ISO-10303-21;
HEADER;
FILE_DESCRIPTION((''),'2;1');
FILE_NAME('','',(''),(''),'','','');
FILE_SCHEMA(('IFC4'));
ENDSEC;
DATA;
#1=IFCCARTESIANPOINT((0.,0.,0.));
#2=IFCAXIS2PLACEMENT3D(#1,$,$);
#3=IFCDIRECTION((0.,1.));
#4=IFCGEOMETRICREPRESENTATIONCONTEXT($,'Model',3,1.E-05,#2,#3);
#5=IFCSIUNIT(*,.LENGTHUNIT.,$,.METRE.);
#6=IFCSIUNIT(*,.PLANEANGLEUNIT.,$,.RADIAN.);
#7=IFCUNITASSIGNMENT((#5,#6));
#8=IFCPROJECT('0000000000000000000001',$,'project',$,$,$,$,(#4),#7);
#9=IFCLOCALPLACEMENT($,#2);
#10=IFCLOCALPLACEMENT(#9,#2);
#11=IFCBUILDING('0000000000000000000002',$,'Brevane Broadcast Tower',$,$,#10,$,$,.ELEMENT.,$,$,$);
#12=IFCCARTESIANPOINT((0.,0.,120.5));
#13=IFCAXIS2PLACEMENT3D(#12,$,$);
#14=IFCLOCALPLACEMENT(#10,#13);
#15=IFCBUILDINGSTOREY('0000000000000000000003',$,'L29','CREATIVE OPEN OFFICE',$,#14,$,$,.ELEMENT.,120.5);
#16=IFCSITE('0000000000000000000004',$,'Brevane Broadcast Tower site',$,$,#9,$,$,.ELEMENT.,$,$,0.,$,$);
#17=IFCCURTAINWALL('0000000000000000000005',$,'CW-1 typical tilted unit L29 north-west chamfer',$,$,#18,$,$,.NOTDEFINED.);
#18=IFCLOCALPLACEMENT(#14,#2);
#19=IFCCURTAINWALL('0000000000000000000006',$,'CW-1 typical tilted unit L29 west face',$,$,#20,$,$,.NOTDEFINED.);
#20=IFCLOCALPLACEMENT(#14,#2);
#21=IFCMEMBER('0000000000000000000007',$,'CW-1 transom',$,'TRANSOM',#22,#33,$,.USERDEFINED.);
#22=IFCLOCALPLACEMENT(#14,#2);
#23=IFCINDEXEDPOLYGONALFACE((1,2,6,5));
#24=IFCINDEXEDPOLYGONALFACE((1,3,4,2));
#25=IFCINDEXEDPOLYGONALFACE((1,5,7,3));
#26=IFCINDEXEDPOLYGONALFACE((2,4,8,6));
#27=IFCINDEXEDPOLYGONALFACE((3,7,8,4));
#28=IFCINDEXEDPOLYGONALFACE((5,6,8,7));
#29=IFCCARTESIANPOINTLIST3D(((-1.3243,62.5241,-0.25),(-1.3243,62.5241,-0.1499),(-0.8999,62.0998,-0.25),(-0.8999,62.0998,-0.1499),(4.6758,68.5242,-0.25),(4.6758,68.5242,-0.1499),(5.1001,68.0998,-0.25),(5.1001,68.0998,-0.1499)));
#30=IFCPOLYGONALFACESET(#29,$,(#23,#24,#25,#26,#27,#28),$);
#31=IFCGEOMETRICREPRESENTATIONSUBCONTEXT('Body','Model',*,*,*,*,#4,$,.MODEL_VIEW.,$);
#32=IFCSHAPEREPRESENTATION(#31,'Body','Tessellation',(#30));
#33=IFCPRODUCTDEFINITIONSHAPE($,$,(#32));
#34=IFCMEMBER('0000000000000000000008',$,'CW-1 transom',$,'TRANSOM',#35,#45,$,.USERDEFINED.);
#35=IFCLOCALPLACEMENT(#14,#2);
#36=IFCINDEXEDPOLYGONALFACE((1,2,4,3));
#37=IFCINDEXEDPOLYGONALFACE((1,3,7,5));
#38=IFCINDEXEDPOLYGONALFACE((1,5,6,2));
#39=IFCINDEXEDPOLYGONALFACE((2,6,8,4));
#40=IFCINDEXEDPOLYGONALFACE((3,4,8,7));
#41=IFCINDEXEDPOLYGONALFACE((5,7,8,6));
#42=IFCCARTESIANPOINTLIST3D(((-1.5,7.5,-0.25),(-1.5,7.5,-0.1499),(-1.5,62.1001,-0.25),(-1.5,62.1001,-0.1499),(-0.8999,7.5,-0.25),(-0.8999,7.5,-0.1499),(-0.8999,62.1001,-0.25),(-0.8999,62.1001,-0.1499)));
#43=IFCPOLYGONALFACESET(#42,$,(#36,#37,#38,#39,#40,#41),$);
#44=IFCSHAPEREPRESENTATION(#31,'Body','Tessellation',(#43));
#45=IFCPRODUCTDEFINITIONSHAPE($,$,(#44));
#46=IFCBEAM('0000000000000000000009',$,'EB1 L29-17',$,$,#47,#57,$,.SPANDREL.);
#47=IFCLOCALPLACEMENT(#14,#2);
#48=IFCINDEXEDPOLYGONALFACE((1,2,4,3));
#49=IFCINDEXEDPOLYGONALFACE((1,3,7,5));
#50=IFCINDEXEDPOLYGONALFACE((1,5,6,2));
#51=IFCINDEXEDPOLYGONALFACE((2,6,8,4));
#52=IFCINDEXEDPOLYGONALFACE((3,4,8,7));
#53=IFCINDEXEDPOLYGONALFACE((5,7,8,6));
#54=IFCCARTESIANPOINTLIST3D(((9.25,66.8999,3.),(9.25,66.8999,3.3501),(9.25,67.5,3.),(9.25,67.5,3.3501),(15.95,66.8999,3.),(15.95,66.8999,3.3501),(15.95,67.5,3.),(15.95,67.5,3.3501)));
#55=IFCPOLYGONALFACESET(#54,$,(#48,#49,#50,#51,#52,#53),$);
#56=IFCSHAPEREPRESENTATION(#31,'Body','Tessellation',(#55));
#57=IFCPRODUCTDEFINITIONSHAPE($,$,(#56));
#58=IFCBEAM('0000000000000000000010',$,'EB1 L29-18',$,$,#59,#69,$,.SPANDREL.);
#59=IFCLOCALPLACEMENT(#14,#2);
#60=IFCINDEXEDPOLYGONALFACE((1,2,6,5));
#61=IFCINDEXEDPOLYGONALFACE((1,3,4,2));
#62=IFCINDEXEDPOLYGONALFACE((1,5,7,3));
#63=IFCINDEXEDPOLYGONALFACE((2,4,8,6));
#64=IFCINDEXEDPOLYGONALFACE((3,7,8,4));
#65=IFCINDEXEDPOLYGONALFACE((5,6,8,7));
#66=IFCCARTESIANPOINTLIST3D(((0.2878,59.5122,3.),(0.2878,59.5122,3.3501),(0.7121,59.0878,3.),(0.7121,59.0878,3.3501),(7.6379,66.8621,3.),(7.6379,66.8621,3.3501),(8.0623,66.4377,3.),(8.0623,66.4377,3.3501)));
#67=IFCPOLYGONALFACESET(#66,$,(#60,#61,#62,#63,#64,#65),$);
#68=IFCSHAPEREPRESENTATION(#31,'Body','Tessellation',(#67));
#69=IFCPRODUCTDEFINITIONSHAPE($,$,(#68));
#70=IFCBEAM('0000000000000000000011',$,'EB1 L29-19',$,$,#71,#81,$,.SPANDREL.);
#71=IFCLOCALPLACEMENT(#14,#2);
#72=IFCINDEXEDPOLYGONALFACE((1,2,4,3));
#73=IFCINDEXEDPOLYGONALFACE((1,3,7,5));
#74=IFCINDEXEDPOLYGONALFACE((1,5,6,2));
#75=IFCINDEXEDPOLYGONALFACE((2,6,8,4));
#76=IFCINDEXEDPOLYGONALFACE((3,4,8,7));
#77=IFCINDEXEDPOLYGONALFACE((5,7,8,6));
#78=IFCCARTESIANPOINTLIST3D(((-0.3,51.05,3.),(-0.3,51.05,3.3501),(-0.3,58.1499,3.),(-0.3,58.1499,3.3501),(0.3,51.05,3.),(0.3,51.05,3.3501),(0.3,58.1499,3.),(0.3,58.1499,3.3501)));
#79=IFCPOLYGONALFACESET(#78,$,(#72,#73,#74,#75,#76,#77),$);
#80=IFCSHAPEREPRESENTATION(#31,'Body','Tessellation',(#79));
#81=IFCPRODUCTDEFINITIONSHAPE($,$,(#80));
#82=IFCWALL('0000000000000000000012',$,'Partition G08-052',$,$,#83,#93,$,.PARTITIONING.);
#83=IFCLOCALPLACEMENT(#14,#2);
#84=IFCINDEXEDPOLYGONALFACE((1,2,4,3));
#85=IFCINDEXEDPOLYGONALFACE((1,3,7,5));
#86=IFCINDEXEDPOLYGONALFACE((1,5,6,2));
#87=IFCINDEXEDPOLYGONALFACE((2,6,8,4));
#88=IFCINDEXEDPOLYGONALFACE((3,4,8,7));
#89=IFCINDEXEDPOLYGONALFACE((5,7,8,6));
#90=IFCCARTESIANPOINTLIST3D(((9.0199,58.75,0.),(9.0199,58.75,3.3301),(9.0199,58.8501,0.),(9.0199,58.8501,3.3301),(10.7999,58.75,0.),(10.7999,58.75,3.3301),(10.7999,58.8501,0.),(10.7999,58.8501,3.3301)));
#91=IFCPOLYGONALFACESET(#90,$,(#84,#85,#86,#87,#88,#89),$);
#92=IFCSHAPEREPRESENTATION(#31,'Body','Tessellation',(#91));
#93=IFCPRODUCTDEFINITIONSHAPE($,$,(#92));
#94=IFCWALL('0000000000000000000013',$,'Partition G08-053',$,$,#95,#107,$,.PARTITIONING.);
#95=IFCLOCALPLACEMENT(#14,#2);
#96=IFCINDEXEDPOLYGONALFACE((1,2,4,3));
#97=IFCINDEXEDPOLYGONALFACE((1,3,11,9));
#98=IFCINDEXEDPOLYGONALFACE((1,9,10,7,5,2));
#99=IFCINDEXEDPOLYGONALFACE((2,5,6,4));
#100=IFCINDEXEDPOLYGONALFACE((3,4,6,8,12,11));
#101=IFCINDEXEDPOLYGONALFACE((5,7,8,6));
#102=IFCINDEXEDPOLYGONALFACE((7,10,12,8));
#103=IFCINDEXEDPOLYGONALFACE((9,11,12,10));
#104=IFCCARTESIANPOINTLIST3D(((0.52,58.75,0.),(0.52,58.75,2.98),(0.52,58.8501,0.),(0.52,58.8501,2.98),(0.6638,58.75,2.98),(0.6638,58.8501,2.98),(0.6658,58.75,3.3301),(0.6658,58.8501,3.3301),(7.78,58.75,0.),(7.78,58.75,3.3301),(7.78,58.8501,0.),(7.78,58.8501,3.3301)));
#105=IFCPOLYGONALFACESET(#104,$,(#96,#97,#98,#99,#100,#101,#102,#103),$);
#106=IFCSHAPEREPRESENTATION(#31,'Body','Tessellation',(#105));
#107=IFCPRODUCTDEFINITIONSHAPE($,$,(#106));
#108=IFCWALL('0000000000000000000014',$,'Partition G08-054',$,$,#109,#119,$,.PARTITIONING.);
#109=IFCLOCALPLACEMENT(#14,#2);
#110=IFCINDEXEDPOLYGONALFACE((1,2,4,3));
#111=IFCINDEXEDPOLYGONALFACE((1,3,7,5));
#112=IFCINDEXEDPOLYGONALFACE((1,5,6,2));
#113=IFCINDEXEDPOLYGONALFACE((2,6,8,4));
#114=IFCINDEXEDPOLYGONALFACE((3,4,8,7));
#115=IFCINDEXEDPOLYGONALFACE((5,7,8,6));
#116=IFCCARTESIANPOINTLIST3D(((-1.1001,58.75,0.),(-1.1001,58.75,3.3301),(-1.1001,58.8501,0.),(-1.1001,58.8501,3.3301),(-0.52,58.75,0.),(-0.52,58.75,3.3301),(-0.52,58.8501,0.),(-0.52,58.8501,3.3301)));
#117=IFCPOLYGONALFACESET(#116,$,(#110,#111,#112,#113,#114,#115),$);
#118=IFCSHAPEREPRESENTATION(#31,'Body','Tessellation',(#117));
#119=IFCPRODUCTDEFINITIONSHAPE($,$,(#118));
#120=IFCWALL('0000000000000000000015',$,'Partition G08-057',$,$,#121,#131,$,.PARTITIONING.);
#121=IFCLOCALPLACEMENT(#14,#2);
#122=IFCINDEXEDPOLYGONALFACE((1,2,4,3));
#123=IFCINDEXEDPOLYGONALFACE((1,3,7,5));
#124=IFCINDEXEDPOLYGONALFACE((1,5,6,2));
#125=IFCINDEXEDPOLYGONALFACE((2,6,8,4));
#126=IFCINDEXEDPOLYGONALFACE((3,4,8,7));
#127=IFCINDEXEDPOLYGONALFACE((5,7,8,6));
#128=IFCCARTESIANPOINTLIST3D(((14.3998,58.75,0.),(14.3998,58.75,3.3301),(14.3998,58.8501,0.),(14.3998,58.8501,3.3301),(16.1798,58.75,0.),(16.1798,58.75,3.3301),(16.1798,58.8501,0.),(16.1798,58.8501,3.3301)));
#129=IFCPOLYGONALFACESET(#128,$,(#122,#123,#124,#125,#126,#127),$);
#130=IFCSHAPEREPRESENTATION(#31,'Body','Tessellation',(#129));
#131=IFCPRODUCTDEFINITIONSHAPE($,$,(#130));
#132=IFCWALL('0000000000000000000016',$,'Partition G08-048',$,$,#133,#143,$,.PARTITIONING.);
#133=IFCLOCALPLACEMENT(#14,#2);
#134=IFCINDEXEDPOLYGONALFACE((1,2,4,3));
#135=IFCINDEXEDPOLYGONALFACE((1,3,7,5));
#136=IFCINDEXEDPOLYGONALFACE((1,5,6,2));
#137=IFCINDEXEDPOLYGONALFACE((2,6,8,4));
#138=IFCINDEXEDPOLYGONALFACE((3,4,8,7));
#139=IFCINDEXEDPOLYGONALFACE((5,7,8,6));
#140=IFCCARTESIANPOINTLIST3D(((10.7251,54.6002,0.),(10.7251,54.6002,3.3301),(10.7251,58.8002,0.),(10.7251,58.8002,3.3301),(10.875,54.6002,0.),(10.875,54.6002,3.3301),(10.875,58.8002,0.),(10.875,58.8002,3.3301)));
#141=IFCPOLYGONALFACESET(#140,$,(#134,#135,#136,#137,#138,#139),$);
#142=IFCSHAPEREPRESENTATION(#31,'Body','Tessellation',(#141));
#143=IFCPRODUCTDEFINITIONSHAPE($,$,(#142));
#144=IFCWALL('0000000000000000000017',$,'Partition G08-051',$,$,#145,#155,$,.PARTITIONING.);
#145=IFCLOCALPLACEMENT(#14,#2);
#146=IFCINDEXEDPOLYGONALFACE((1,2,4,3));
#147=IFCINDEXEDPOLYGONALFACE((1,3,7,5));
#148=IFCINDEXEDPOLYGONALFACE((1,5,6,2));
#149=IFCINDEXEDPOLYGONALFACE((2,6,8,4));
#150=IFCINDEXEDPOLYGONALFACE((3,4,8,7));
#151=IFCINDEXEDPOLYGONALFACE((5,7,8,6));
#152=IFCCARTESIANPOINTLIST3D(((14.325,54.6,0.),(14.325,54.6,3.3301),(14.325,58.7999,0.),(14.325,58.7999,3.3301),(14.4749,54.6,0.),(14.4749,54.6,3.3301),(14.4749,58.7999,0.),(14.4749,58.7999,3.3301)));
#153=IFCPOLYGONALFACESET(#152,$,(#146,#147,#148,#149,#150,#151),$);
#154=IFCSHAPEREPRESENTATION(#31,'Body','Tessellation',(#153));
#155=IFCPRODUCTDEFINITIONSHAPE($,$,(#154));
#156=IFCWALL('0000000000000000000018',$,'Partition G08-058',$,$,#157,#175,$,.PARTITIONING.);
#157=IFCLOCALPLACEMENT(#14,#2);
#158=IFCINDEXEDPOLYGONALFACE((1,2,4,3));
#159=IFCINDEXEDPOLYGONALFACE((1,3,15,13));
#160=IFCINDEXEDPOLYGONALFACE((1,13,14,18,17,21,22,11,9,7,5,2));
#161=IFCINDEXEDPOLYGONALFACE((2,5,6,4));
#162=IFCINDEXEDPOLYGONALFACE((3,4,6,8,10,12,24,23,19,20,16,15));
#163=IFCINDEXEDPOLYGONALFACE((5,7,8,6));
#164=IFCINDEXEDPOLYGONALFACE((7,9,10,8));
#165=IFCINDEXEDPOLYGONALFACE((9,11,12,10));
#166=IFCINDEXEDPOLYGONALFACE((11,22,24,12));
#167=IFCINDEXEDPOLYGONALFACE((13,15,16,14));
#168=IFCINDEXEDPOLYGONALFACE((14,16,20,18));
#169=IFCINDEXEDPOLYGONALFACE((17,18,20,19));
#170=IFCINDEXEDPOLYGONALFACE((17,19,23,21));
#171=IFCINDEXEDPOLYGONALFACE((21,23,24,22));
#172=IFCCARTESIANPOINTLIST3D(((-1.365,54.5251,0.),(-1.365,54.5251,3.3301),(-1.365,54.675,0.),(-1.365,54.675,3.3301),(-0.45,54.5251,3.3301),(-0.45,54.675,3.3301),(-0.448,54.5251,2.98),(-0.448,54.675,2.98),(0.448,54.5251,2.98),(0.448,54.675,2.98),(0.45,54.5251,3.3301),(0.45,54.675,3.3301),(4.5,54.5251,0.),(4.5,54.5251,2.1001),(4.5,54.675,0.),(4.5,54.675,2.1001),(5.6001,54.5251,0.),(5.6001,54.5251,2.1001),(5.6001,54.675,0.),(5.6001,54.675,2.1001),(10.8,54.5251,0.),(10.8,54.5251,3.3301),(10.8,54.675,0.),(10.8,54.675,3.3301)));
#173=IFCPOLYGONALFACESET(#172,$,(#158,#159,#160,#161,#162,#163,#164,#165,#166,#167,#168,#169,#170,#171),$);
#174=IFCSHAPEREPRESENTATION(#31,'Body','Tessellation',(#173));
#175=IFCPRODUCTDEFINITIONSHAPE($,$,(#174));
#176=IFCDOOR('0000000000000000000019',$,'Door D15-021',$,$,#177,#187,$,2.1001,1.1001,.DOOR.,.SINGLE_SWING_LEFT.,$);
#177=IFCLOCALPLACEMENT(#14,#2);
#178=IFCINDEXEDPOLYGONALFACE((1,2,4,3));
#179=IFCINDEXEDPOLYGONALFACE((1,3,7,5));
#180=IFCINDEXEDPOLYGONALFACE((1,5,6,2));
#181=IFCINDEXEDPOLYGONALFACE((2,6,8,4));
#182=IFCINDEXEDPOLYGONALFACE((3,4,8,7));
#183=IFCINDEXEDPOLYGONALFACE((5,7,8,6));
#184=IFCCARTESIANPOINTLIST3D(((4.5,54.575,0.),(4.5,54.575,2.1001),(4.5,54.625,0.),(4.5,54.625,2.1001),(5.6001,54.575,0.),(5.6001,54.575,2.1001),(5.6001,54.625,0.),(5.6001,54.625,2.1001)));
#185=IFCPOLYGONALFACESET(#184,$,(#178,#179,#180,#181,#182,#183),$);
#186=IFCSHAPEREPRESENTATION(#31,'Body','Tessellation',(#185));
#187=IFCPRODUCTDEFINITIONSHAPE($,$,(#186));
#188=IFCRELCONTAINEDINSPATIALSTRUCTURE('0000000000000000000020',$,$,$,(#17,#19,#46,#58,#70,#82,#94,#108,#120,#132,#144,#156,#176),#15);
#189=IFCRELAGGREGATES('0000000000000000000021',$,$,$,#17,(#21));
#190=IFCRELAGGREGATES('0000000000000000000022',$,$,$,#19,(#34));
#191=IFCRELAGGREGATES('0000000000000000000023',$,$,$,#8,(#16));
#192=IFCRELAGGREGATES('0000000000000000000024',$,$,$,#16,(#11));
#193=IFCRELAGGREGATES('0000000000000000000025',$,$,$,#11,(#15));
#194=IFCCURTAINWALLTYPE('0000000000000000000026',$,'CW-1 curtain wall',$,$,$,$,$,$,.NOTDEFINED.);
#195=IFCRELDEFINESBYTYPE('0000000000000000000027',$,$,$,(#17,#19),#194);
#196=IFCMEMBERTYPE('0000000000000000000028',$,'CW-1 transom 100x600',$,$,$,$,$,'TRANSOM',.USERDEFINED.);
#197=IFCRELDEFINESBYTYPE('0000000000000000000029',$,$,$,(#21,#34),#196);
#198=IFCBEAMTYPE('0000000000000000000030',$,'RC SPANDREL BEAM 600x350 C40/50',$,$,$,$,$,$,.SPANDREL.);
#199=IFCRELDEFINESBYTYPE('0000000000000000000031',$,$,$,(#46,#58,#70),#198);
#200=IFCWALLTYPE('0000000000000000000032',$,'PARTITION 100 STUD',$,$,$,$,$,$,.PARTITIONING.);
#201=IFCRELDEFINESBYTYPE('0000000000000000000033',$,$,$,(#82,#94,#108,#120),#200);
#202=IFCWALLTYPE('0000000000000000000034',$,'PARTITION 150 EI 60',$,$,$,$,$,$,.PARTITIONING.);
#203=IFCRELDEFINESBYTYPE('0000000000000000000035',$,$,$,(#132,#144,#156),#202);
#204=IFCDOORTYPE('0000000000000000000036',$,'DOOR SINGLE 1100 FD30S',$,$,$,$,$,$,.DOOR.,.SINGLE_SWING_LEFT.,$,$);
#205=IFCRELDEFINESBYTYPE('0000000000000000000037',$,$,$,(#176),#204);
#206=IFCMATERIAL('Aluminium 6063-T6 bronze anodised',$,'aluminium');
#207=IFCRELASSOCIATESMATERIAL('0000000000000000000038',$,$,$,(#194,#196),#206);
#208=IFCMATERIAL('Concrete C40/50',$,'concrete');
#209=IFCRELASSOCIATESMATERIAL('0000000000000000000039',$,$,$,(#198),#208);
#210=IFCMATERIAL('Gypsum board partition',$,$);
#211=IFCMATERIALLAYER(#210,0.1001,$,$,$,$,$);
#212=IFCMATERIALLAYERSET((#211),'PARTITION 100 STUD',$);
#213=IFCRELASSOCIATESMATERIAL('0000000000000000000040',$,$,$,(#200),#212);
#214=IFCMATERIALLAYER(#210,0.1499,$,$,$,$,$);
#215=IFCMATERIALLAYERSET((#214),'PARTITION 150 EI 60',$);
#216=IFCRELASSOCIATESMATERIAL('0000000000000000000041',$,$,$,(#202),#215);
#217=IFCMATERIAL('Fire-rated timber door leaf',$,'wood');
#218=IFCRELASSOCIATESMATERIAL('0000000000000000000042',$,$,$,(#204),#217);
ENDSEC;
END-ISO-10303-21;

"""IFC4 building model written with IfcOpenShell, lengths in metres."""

from ifc_helpers import new_model, si_unit, direction, frame, frame_2d, origin, origin_2d, place, context, subcontext, project, spatial, polyline, rectangle, outline, extrude, material, layer, layer_set, material_profile, profile_set, type_object, element, fill, aggregate, save


model = new_model("IFC4")

# Units and contexts
model_context = context("Model", 3, precision=1e-05, world=origin(), true_north=direction((0.0, 1.0)))
body_context = subcontext(model_context, "Body", "Model", "MODEL_VIEW")
ifc_project = project(units=[si_unit("LENGTHUNIT", "METRE"), si_unit("PLANEANGLEUNIT", "RADIAN")], contexts=[model_context])

# Site, building, storey
site_placement = place(None, origin())
site = spatial("IfcSite", under=ifc_project, at=site_placement, Name="Brevane Broadcast Tower site", CompositionType="ELEMENT", RefElevation=0.0)
building_placement = place(site_placement, origin())
building = spatial("IfcBuilding", under=site, at=building_placement, Name="Brevane Broadcast Tower", CompositionType="ELEMENT")
storey_placement = place(building_placement, frame((0.0, 0.0, 120.5)))
storey = spatial("IfcBuildingStorey", under=building, at=storey_placement, Name="L29", Description="CREATIVE OPEN OFFICE", CompositionType="ELEMENT", Elevation=120.5)

# Curtain walls
ifc_material_1 = material(Name="Aluminium 6063-T6 bronze anodised", Category="aluminium")
curtain_wall_type = type_object("IfcCurtainWallType", Name="CW-1 curtain wall", PredefinedType="NOTDEFINED", material=ifc_material_1)
curtain_wall_1_placement = place(storey_placement, origin())
curtain_wall_1 = element("IfcCurtainWall", 1, at=curtain_wall_1_placement, inside=storey, type_object=curtain_wall_type, Name="CW-1 typical tilted unit L29 north-west chamfer", PredefinedType="NOTDEFINED")
curtain_wall_2_placement = place(storey_placement, origin())
curtain_wall_2 = element("IfcCurtainWall", 2, at=curtain_wall_2_placement, inside=storey, type_object=curtain_wall_type, Name="CW-1 typical tilted unit L29 west face", PredefinedType="NOTDEFINED")

# Members
ifc_material_profile_1 = material_profile(ifc_material_1, rectangle(XDim=0.6001, YDim=0.1001, at=origin_2d()), Name="RECT 100x600")
ifc_profile_set_1 = profile_set([ifc_material_profile_1], Name="Aluminium 6063-T6 bronze anodised")
member_type_1 = type_object("IfcMemberType", Name="CW-1 transom 100x600", ElementType="TRANSOM", PredefinedType="USERDEFINED", material=ifc_profile_set_1)
member_1_placement = place(storey_placement, frame((4.8879, 68.312, -0.2), z_axis=(-0.707107, -0.707107, 0.0), x_axis=(0.707107, -0.707107, 0.0)))
member_1 = element("IfcMember", 3, at=member_1_placement, type_object=member_type_1, Name="CW-1 transom", ObjectType="TRANSOM", PredefinedType="USERDEFINED", context=body_context, shape_type="SweptSolid", body=[
    extrude(rectangle(XDim=0.6001, YDim=0.1001, at=origin_2d()), origin(), (0.0, 0.0, 1.0), 8.4854),
])
aggregate(curtain_wall_1, [member_1])
member_2_placement = place(storey_placement, frame((-1.2, 62.1001, -0.2), z_axis=(0.0, -1.0, 0.0), x_axis=(1.0, 0.0, 0.0)))
member_2 = element("IfcMember", 4, at=member_2_placement, type_object=member_type_1, Name="CW-1 transom", ObjectType="TRANSOM", PredefinedType="USERDEFINED", context=body_context, shape_type="SweptSolid", body=[
    extrude(rectangle(XDim=0.6001, YDim=0.1001, at=origin_2d()), origin(), (0.0, 0.0, 1.0), 54.6001),
])
aggregate(curtain_wall_2, [member_2])

# Beams
ifc_material_2 = material(Name="Concrete C40/50", Category="concrete")
ifc_material_profile_2 = material_profile(ifc_material_2, rectangle(XDim=0.6001, YDim=0.3501, at=origin_2d()), Name="RC 600x350")
ifc_profile_set_2 = profile_set([ifc_material_profile_2], Name="Concrete C40/50")
beam_type = type_object("IfcBeamType", Name="RC SPANDREL BEAM 600x350 C40/50", PredefinedType="SPANDREL", material=ifc_profile_set_2)
beam_1_placement = place(storey_placement, frame((15.95, 67.2, 3.175), z_axis=(-1.0, 0.0, 0.0), x_axis=(0.0, -1.0, 0.0)))
element("IfcBeam", 5, at=beam_1_placement, inside=storey, type_object=beam_type, Name="EB1 L29-17", PredefinedType="SPANDREL", context=body_context, shape_type="SweptSolid", body=[
    extrude(rectangle(XDim=0.6001, YDim=0.3501, at=origin_2d()), origin(), (0.0, 0.0, 1.0), 6.7),
])
beam_2_placement = place(storey_placement, frame((7.8501, 66.6499, 3.175), z_axis=(-0.707119, -0.707095, 0.0), x_axis=(0.707095, -0.707119, 0.0)))
element("IfcBeam", 6, at=beam_2_placement, inside=storey, type_object=beam_type, Name="EB1 L29-18", PredefinedType="SPANDREL", context=body_context, shape_type="SweptSolid", body=[
    extrude(rectangle(XDim=0.6001, YDim=0.3501, at=origin_2d()), origin(), (0.0, 0.0, 1.0), 10.3945),
])
beam_3_placement = place(storey_placement, frame((0.0, 58.1499, 3.175), z_axis=(0.0, -1.0, 0.0), x_axis=(1.0, 0.0, 0.0)))
element("IfcBeam", 7, at=beam_3_placement, inside=storey, type_object=beam_type, Name="EB1 L29-19", PredefinedType="SPANDREL", context=body_context, shape_type="SweptSolid", body=[
    extrude(rectangle(XDim=0.6001, YDim=0.3501, at=origin_2d()), origin(), (0.0, 0.0, 1.0), 7.0999),
])

# Walls
ifc_material_3 = material(Name="Gypsum board partition")
ifc_layer_1 = layer(ifc_material_3, 0.1001)
ifc_layer_set_1 = layer_set([ifc_layer_1], Name="PARTITION 100 STUD")
wall_type_1 = type_object("IfcWallType", Name="PARTITION 100 STUD", PredefinedType="PARTITIONING", material=ifc_layer_set_1)
wall_1_placement = place(storey_placement, frame((10.8, 58.8, 0.0), z_axis=(0.0, 0.0, 1.0), x_axis=(-1.0, 0.0, 0.0)))
element("IfcWall", 8, at=wall_1_placement, inside=storey, type_object=wall_type_1, Name="Partition G08-052", PredefinedType="PARTITIONING", context=body_context, shape_type="SweptSolid", body=[
    extrude(rectangle(XDim=1.78, YDim=0.1001, at=frame_2d((0.8901, 0.0))), origin(), (0.0, 0.0, 1.0), 3.3301),
])
wall_2_placement = place(storey_placement, frame((7.78, 58.8, 0.0), z_axis=(0.0, 0.0, 1.0), x_axis=(-1.0, 0.0, 0.0)))
element("IfcWall", 9, at=wall_2_placement, inside=storey, type_object=wall_type_1, Name="Partition G08-053", PredefinedType="PARTITIONING", context=body_context, shape_type="SweptSolid", body=[
    extrude(outline(polyline([(0.0, 0.0), (7.26, 0.0), (7.26, 2.98), (7.1162, 2.98), (7.1143, 3.3301), (0.0, 3.3301), (0.0, 0.0)])), frame((0.0, 0.05, 0.0), z_axis=(0.0, -1.0, 0.0), x_axis=(1.0, 0.0, 0.0)), (0.0, 0.0, 1.0), 0.1001),
])
wall_3_placement = place(storey_placement, frame((-0.52, 58.8, 0.0), z_axis=(0.0, 0.0, 1.0), x_axis=(-1.0, 0.0, 0.0)))
element("IfcWall", 10, at=wall_3_placement, inside=storey, type_object=wall_type_1, Name="Partition G08-054", PredefinedType="PARTITIONING", context=body_context, shape_type="SweptSolid", body=[
    extrude(rectangle(XDim=0.5801, YDim=0.1001, at=frame_2d((0.29, 0.0))), origin(), (0.0, 0.0, 1.0), 3.3301),
])
wall_4_placement = place(storey_placement, frame((16.1799, 58.8, 0.0), z_axis=(0.0, 0.0, 1.0), x_axis=(-1.0, 0.0, 0.0)))
element("IfcWall", 11, at=wall_4_placement, inside=storey, type_object=wall_type_1, Name="Partition G08-057", PredefinedType="PARTITIONING", context=body_context, shape_type="SweptSolid", body=[
    extrude(rectangle(XDim=1.78, YDim=0.1001, at=frame_2d((0.8901, 0.0))), origin(), (0.0, 0.0, 1.0), 3.3301),
])

# Shared definitions
ifc_layer_2 = layer(ifc_material_3, 0.1499)
ifc_layer_set_2 = layer_set([ifc_layer_2], Name="PARTITION 150 EI 60")
wall_type_2 = type_object("IfcWallType", Name="PARTITION 150 EI 60", PredefinedType="PARTITIONING", material=ifc_layer_set_2)
ifc_material_4 = material(Name="Fire-rated timber door leaf", Category="wood")

# Walls
for number, where, z_axis, x_axis, name in (
    (12, (10.8, 54.6001, 0.0), (0.0, 0.0, 1.0), (0.0, 1.0, 0.0), "Partition G08-048"),
    (13, (14.3999, 58.8, 0.0), (0.0, 0.0, 1.0), (0.0, -1.0, 0.0), "Partition G08-051"),
):
    element("IfcWall", number, at=place(storey_placement, frame(where, z_axis=z_axis, x_axis=x_axis)), inside=storey, type_object=wall_type_2, Name=name, PredefinedType="PARTITIONING", context=body_context, shape_type="SweptSolid", body=[
        extrude(rectangle(XDim=4.2, YDim=0.1499, at=frame_2d((2.1001, 0.0))), origin(), (0.0, 0.0, 1.0), 3.3301),
    ])

# Wall, opening, door
wall_5_placement = place(storey_placement, frame((-1.365, 54.6001, 0.0), z_axis=(0.0, 0.0, 1.0), x_axis=(1.0, 0.0, 0.0)))
wall_5 = element("IfcWall", 14, at=wall_5_placement, inside=storey, type_object=wall_type_2, Name="Partition G08-058", PredefinedType="PARTITIONING", context=body_context, shape_type="SweptSolid", body=[
    extrude(outline(polyline([(0.0, 0.0), (12.165, 0.0), (12.165, 3.3301), (1.8149, 3.3301), (1.813, 2.98), (0.917, 2.98), (0.915, 3.3301), (0.2649, 3.3301), (0.0, 3.3301), (0.0, 0.0)])), frame((0.0, 0.075, 0.0), z_axis=(0.0, -1.0, 0.0), x_axis=(1.0, 0.0, 0.0)), (0.0, 0.0, 1.0), 0.1499),
])
opening_1_placement = place(wall_5_placement, frame((5.865, 0.0, 0.0)))
opening_1 = element("IfcOpeningElement", 15, at=opening_1_placement, cuts=wall_5, PredefinedType="OPENING", context=body_context, shape_type="SweptSolid", body=[
    extrude(rectangle(XDim=1.1001, YDim=2.1001, at=frame_2d((0.55, 1.05))), frame((0.0, 0.085, 0.0), z_axis=(0.0, -1.0, 0.0), x_axis=(1.0, 0.0, 0.0)), (0.0, 0.0, 1.0), 0.1699),
])
door_type_1 = type_object("IfcDoorType", Name="DOOR SINGLE 1100 FD30S", OperationType="SINGLE_SWING_LEFT", PredefinedType="DOOR", material=ifc_material_4)
door_1_placement = place(opening_1_placement, origin())
door_1 = element("IfcDoor", 16, at=door_1_placement, inside=storey, type_object=door_type_1, Name="Door D15-021", OperationType="SINGLE_SWING_LEFT", OverallHeight=2.1001, OverallWidth=1.1001, PredefinedType="DOOR", context=body_context, shape_type="SweptSolid", body=[
    extrude(rectangle(XDim=1.1001, YDim=2.1001, at=frame_2d((0.55, 1.05))), frame((0.0, 0.0249, 0.0), z_axis=(0.0, -1.0, 0.0), x_axis=(1.0, 0.0, 0.0)), (0.0, 0.0, 1.0), 0.05),
])
fill(opening_1, door_1)

save(model, "model.ifc")
